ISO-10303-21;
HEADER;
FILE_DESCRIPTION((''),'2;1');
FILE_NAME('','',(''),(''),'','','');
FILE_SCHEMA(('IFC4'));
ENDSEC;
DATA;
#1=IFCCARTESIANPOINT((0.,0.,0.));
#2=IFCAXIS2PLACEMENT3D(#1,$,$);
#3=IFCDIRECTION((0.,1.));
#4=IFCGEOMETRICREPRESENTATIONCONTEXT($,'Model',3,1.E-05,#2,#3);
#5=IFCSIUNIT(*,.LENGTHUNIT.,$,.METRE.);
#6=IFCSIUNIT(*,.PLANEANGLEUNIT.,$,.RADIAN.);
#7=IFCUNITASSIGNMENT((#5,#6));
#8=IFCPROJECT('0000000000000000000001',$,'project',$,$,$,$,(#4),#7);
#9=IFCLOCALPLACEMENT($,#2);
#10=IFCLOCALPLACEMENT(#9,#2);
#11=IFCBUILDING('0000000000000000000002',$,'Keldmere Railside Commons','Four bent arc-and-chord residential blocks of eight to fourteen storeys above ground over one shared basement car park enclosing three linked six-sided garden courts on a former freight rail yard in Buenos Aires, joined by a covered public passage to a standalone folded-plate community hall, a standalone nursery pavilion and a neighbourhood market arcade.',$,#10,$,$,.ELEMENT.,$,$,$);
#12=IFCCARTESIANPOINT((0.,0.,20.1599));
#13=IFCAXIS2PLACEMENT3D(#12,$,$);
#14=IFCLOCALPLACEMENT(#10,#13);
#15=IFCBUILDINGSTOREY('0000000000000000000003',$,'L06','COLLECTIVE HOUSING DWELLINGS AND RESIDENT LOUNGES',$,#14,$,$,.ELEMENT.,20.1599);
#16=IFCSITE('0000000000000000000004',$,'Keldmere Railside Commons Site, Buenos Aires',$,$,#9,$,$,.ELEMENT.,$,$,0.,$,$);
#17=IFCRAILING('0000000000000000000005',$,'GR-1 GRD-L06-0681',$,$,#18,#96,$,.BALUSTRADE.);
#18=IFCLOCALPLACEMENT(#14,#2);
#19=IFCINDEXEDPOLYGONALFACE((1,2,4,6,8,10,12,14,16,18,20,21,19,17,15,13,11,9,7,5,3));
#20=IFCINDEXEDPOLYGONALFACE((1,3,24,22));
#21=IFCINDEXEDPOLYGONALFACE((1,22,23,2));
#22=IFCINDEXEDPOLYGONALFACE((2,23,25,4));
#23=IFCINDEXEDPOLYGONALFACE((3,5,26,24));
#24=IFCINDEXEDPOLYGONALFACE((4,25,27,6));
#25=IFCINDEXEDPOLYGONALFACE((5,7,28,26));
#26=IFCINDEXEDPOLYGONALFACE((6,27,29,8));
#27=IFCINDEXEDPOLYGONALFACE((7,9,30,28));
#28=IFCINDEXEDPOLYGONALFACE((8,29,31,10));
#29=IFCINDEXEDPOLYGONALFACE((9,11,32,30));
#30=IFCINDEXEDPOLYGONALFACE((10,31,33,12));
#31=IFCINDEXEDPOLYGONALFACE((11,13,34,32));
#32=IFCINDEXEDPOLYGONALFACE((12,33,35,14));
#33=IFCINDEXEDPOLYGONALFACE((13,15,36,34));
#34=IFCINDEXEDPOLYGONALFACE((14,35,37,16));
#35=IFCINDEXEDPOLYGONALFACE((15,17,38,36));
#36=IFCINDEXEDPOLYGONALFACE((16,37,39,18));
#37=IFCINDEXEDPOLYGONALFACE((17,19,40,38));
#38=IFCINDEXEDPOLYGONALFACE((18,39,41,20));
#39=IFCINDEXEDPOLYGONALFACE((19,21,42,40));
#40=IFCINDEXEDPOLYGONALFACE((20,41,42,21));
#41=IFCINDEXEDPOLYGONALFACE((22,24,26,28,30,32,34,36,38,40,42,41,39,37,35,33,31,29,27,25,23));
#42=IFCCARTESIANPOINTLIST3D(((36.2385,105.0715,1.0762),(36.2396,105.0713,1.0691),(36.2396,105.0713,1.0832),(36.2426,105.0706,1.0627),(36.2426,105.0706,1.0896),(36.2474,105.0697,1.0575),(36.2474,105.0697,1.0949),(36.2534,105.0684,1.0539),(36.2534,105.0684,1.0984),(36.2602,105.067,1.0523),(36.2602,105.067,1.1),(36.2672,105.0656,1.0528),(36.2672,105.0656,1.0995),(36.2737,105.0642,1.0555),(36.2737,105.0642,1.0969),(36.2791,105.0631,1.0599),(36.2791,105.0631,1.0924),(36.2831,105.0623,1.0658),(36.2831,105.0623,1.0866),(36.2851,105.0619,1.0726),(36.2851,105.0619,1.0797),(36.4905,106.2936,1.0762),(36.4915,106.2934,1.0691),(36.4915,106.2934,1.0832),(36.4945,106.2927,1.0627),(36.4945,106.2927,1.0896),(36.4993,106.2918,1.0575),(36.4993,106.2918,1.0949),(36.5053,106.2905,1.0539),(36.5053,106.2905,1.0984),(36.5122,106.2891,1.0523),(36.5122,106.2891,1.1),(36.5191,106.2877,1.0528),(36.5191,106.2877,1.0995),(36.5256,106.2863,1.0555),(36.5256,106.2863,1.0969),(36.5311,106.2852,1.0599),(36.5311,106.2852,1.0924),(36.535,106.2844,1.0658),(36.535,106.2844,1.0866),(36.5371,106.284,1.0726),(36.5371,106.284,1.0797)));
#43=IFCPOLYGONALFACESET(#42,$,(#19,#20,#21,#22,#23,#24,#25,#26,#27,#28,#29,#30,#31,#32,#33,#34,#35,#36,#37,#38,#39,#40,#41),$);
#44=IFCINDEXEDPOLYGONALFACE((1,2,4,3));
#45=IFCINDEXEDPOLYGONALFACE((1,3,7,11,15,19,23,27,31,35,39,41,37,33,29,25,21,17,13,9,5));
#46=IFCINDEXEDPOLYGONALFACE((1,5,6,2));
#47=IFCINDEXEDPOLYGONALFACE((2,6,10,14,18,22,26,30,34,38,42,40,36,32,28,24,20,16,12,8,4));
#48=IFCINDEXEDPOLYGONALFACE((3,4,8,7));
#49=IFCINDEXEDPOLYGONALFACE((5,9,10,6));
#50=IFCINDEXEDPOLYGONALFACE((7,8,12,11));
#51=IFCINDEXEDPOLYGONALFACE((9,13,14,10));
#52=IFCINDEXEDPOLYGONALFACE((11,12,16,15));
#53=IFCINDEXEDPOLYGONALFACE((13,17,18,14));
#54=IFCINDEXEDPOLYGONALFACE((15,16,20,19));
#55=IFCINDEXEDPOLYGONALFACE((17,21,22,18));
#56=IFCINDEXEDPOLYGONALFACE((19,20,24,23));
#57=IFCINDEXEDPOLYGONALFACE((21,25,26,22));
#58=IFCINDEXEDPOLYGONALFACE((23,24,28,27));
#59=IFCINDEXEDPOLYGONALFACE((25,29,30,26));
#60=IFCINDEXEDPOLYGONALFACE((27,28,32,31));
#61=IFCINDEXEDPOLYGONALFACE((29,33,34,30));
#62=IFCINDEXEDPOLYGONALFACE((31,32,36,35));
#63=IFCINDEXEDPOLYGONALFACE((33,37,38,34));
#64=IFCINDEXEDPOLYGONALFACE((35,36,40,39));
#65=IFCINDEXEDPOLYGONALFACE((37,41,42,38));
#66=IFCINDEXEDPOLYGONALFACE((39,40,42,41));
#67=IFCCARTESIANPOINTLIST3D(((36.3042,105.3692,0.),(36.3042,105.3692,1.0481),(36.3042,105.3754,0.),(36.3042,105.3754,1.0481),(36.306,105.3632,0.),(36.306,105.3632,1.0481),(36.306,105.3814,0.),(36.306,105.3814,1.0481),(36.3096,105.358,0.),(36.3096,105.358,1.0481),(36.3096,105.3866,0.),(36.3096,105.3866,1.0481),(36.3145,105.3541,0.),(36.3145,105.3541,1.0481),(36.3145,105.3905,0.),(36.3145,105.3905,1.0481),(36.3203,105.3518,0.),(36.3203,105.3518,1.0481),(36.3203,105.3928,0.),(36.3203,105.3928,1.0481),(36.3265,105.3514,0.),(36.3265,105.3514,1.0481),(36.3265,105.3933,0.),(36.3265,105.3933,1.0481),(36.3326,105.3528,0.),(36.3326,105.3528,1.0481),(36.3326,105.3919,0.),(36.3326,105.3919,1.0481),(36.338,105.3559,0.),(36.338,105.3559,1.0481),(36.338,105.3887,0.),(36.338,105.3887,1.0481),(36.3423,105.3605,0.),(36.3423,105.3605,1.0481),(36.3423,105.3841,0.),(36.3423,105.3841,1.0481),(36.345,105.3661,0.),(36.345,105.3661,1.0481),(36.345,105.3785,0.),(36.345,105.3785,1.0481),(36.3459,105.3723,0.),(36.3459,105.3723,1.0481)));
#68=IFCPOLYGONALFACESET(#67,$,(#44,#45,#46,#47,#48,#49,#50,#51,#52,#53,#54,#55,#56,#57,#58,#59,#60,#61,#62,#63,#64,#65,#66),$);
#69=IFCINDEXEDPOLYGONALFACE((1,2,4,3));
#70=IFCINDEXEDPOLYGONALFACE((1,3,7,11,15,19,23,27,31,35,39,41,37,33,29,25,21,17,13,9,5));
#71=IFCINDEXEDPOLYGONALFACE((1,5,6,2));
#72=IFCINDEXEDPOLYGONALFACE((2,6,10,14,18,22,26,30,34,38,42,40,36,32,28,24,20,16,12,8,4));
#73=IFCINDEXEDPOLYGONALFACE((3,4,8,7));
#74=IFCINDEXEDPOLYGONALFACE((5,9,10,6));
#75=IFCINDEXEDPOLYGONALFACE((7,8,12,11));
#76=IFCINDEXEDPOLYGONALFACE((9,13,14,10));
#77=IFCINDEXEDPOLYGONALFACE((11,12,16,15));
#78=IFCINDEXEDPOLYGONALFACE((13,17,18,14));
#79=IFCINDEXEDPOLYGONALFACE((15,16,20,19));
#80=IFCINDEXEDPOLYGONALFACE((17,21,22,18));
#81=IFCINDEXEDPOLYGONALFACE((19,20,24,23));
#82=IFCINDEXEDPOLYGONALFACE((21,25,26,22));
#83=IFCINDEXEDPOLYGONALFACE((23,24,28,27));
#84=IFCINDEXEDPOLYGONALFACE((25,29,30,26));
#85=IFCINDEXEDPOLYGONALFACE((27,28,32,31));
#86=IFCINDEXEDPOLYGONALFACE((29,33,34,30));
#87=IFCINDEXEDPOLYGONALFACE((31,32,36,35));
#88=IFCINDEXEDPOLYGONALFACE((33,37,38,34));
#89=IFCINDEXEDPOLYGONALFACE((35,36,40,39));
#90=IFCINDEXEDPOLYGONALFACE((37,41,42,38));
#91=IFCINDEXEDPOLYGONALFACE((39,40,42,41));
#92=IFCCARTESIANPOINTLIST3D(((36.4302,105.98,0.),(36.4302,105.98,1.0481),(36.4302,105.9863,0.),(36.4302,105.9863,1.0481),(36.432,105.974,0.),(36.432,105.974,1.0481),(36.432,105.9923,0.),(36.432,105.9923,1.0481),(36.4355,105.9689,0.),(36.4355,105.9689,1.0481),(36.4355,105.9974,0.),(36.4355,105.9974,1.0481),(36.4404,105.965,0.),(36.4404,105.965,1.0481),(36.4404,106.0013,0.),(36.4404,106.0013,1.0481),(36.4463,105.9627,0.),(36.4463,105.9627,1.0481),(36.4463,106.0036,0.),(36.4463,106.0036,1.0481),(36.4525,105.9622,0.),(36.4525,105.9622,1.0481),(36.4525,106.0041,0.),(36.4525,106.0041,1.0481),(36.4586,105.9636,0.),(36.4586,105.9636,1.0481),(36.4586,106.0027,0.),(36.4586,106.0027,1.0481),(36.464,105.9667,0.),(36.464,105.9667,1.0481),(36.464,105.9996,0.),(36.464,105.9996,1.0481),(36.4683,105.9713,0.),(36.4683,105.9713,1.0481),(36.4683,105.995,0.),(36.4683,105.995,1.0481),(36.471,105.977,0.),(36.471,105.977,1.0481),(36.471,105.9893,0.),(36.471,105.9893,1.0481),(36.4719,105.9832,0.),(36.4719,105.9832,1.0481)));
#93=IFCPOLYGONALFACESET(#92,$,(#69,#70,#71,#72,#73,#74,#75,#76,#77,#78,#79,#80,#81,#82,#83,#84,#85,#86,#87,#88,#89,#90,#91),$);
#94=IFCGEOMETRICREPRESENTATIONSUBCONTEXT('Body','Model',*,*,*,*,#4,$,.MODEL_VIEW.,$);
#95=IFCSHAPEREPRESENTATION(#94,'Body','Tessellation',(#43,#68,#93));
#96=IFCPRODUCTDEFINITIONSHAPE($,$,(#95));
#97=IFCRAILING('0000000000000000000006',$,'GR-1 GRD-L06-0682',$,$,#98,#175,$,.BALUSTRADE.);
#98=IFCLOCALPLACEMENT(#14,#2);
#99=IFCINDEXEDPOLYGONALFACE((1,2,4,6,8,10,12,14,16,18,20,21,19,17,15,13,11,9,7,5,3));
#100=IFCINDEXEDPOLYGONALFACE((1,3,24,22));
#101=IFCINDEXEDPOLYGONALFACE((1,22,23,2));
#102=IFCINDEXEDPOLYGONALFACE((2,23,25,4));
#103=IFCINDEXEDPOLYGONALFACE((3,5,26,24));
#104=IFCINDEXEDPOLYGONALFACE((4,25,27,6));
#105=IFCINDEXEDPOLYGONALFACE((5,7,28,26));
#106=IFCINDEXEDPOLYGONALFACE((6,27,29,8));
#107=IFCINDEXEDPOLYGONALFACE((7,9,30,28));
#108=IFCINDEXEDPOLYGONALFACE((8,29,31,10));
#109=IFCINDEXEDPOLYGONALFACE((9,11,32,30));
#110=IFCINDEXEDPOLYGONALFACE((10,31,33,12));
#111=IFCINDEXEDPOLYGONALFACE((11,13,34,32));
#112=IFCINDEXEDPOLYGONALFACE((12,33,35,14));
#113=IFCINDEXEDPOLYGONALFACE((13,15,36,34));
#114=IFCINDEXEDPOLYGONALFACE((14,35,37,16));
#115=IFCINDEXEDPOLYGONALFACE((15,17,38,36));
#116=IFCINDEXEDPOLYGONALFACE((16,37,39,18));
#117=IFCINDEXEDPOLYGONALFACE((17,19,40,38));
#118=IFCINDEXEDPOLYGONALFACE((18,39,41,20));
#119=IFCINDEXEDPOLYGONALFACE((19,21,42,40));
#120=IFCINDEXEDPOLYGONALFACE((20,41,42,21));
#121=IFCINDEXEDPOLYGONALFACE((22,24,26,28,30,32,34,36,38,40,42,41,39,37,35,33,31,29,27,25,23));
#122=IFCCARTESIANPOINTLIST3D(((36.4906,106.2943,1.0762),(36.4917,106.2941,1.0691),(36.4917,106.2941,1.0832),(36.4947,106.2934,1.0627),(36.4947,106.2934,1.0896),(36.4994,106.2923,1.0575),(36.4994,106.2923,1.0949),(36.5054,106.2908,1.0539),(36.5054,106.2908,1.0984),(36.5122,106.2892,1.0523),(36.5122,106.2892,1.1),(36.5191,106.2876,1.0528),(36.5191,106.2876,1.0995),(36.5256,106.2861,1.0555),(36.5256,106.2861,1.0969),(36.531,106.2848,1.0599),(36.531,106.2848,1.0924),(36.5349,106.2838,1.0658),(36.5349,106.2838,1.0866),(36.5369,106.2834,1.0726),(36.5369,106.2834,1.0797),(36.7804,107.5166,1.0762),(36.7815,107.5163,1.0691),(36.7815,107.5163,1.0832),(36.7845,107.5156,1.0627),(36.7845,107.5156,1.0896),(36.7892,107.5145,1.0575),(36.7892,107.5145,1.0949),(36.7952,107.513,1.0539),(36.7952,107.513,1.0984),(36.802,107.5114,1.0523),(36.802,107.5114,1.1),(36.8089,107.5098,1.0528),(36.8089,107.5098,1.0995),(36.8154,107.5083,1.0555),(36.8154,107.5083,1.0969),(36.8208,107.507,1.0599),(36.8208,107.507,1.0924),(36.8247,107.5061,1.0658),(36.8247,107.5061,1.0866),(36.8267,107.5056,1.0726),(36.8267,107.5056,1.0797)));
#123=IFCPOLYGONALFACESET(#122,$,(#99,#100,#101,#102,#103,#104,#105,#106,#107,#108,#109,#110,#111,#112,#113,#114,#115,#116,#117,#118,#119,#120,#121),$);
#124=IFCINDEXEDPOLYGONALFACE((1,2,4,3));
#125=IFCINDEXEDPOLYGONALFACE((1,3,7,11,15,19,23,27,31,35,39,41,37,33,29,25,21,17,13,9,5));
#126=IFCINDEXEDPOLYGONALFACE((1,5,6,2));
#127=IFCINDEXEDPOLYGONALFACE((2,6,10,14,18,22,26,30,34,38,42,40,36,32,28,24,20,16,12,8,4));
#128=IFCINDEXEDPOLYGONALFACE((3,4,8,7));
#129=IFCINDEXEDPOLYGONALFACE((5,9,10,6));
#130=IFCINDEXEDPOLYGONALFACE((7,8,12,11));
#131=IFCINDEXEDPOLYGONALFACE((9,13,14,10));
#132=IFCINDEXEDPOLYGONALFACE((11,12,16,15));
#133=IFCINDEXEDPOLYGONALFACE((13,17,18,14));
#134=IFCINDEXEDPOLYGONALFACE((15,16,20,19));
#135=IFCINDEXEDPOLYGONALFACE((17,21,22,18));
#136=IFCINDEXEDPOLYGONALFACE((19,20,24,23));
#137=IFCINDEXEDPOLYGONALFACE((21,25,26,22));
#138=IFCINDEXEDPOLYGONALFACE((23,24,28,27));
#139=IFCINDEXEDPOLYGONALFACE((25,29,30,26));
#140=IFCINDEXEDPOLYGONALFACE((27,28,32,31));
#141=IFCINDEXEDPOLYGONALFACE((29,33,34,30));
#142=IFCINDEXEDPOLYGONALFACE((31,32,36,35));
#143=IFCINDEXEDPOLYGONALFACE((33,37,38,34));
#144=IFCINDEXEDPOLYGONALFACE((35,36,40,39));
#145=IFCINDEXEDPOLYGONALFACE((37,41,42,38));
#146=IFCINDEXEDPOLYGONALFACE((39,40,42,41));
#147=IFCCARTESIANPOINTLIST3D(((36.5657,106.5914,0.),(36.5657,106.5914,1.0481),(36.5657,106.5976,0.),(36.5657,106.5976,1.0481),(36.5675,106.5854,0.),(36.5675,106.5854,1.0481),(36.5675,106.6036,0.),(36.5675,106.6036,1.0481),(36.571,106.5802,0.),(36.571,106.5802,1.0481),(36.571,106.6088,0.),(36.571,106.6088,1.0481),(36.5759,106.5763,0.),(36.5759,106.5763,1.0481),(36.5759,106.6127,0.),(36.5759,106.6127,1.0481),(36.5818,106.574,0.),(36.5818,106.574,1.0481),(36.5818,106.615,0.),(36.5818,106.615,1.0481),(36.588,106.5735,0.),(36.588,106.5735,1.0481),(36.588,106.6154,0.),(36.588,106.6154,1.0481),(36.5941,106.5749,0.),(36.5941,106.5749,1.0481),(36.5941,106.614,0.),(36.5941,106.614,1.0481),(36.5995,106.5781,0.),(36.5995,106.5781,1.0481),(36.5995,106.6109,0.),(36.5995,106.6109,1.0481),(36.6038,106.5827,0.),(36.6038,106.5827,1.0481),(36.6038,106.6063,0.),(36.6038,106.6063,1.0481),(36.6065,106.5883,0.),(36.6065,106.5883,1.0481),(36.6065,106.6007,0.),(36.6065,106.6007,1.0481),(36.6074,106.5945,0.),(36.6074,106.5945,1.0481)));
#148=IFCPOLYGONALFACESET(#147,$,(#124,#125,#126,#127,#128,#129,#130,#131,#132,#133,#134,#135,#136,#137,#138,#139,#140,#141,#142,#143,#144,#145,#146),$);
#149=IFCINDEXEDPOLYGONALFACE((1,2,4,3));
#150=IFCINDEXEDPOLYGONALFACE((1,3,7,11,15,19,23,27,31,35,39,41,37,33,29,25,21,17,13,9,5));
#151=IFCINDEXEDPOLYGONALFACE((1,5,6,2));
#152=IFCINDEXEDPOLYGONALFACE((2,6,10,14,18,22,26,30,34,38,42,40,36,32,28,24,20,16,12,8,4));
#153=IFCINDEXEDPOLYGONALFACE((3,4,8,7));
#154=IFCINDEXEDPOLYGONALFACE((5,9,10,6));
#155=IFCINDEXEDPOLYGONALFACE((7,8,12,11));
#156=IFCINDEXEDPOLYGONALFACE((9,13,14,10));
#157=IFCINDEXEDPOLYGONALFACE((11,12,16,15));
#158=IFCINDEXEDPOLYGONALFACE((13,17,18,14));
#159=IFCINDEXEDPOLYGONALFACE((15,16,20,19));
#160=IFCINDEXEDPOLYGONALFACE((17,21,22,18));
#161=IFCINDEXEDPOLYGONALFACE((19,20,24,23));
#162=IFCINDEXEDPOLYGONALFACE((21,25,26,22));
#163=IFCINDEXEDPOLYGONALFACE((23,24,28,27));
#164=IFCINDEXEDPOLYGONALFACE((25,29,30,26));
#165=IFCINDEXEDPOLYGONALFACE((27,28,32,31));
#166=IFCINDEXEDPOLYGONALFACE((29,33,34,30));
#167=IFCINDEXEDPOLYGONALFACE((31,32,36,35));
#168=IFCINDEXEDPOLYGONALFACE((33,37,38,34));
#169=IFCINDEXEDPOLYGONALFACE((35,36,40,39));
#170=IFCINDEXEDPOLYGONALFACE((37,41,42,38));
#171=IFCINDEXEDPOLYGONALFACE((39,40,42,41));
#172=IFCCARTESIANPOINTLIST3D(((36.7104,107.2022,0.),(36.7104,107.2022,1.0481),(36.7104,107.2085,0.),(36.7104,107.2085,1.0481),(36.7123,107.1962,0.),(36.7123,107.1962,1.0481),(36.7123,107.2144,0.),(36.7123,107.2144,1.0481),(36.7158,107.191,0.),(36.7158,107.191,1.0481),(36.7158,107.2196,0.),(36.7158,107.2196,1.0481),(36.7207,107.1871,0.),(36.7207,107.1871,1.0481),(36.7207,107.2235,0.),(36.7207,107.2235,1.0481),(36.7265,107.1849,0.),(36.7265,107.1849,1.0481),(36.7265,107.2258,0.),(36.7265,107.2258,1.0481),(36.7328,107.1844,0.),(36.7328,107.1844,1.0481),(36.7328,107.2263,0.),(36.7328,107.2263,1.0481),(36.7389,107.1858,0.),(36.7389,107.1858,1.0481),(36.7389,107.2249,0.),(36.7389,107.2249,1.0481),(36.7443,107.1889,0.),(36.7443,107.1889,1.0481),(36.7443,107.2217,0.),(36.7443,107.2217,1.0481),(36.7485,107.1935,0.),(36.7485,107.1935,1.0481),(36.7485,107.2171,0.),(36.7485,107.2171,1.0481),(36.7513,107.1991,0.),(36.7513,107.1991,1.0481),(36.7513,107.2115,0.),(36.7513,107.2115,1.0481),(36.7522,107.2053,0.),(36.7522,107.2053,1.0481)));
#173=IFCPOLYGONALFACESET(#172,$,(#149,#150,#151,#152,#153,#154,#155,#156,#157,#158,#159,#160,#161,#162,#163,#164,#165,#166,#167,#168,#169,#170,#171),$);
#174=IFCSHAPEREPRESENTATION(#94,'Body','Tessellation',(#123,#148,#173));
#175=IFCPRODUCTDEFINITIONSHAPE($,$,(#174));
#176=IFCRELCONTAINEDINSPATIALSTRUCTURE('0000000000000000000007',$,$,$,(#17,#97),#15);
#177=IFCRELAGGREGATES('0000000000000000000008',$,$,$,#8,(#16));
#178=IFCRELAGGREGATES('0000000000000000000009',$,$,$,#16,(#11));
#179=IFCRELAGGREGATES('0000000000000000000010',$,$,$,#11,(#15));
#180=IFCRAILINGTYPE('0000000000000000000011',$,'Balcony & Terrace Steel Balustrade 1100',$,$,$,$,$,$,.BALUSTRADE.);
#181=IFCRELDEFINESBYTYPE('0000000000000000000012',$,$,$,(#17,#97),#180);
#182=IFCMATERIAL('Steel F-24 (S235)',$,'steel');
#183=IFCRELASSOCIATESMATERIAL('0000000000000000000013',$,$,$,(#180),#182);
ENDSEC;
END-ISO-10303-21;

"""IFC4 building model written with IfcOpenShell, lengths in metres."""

from ifc_helpers import new_model, si_unit, direction, frame, origin, origin_2d, place, context, subcontext, project, spatial, circle, extrude, material, type_object, element, save


model = new_model("IFC4")

# Units and contexts
model_context = context("Model", 3, precision=1e-05, world=origin(), true_north=direction((0.0, 1.0)))
body_context = subcontext(model_context, "Body", "Model", "MODEL_VIEW")
ifc_project = project(units=[si_unit("LENGTHUNIT", "METRE"), si_unit("PLANEANGLEUNIT", "RADIAN")], contexts=[model_context])

# Site, building, storey
site_placement = place(None, origin())
site = spatial("IfcSite", under=ifc_project, at=site_placement, Name="Keldmere Railside Commons Site, Buenos Aires", CompositionType="ELEMENT", RefElevation=0.0)
building_placement = place(site_placement, origin())
building = spatial("IfcBuilding", under=site, at=building_placement, Name="Keldmere Railside Commons", Description="Four bent arc-and-chord residential blocks of eight to fourteen storeys above ground over one shared basement car park enclosing three linked six-sided garden courts on a former freight rail yard in Buenos Aires, joined by a covered public passage to a standalone folded-plate community hall, a standalone nursery pavilion and a neighbourhood market arcade.", CompositionType="ELEMENT")
storey_placement = place(building_placement, frame((0.0, 0.0, 20.1599)))
storey = spatial("IfcBuildingStorey", under=building, at=storey_placement, Name="L06", Description="COLLECTIVE HOUSING DWELLINGS AND RESIDENT LOUNGES", CompositionType="ELEMENT", Elevation=20.1599)

# Shared definitions
ifc_material_1 = material(Name="Steel F-24 (S235)", Category="steel")

# Railings
railing_type = type_object("IfcRailingType", Name="Balcony & Terrace Steel Balustrade 1100", PredefinedType="BALUSTRADE", material=ifc_material_1)
railing_1_placement = place(storey_placement, frame((36.262, 105.0667, 0.0)))
element("IfcRailing", 1, at=railing_1_placement, inside=storey, type_object=railing_type, Name="GR-1 GRD-L06-0681", PredefinedType="BALUSTRADE", context=body_context, shape_type="SweptSolid", body=[
    extrude(circle(Radius=0.0239, at=origin_2d()), frame((0.0, 0.0, 1.0762), z_axis=(0.201907, 0.979405, 0.0), x_axis=(-0.979405, 0.201907, 0.0)), (0.0, 0.0, 1.0), 1.2478),
    extrude(circle(Radius=0.021, at=origin_2d()), frame((0.063, 0.3057, 0.0)), (0.0, 0.0, 1.0), 1.0481),
    extrude(circle(Radius=0.021, at=origin_2d()), frame((0.189, 0.9165, 0.0)), (0.0, 0.0, 1.0), 1.0481),
])
railing_2_placement = place(storey_placement, frame((36.5139, 106.2888, 0.0)))
element("IfcRailing", 2, at=railing_2_placement, inside=storey, type_object=railing_type, Name="GR-1 GRD-L06-0682", PredefinedType="BALUSTRADE", context=body_context, shape_type="SweptSolid", body=[
    extrude(circle(Radius=0.0239, at=origin_2d()), frame((0.0, 0.0, 1.0762), z_axis=(0.230718, 0.973021, 0.0), x_axis=(-0.973021, 0.230718, 0.0)), (0.0, 0.0, 1.0), 1.2561),
    extrude(circle(Radius=0.021, at=origin_2d()), frame((0.0725, 0.3057, 0.0)), (0.0, 0.0, 1.0), 1.0481),
    extrude(circle(Radius=0.021, at=origin_2d()), frame((0.2173, 0.9165, 0.0)), (0.0, 0.0, 1.0), 1.0481),
])

save(model, "model.ifc")
